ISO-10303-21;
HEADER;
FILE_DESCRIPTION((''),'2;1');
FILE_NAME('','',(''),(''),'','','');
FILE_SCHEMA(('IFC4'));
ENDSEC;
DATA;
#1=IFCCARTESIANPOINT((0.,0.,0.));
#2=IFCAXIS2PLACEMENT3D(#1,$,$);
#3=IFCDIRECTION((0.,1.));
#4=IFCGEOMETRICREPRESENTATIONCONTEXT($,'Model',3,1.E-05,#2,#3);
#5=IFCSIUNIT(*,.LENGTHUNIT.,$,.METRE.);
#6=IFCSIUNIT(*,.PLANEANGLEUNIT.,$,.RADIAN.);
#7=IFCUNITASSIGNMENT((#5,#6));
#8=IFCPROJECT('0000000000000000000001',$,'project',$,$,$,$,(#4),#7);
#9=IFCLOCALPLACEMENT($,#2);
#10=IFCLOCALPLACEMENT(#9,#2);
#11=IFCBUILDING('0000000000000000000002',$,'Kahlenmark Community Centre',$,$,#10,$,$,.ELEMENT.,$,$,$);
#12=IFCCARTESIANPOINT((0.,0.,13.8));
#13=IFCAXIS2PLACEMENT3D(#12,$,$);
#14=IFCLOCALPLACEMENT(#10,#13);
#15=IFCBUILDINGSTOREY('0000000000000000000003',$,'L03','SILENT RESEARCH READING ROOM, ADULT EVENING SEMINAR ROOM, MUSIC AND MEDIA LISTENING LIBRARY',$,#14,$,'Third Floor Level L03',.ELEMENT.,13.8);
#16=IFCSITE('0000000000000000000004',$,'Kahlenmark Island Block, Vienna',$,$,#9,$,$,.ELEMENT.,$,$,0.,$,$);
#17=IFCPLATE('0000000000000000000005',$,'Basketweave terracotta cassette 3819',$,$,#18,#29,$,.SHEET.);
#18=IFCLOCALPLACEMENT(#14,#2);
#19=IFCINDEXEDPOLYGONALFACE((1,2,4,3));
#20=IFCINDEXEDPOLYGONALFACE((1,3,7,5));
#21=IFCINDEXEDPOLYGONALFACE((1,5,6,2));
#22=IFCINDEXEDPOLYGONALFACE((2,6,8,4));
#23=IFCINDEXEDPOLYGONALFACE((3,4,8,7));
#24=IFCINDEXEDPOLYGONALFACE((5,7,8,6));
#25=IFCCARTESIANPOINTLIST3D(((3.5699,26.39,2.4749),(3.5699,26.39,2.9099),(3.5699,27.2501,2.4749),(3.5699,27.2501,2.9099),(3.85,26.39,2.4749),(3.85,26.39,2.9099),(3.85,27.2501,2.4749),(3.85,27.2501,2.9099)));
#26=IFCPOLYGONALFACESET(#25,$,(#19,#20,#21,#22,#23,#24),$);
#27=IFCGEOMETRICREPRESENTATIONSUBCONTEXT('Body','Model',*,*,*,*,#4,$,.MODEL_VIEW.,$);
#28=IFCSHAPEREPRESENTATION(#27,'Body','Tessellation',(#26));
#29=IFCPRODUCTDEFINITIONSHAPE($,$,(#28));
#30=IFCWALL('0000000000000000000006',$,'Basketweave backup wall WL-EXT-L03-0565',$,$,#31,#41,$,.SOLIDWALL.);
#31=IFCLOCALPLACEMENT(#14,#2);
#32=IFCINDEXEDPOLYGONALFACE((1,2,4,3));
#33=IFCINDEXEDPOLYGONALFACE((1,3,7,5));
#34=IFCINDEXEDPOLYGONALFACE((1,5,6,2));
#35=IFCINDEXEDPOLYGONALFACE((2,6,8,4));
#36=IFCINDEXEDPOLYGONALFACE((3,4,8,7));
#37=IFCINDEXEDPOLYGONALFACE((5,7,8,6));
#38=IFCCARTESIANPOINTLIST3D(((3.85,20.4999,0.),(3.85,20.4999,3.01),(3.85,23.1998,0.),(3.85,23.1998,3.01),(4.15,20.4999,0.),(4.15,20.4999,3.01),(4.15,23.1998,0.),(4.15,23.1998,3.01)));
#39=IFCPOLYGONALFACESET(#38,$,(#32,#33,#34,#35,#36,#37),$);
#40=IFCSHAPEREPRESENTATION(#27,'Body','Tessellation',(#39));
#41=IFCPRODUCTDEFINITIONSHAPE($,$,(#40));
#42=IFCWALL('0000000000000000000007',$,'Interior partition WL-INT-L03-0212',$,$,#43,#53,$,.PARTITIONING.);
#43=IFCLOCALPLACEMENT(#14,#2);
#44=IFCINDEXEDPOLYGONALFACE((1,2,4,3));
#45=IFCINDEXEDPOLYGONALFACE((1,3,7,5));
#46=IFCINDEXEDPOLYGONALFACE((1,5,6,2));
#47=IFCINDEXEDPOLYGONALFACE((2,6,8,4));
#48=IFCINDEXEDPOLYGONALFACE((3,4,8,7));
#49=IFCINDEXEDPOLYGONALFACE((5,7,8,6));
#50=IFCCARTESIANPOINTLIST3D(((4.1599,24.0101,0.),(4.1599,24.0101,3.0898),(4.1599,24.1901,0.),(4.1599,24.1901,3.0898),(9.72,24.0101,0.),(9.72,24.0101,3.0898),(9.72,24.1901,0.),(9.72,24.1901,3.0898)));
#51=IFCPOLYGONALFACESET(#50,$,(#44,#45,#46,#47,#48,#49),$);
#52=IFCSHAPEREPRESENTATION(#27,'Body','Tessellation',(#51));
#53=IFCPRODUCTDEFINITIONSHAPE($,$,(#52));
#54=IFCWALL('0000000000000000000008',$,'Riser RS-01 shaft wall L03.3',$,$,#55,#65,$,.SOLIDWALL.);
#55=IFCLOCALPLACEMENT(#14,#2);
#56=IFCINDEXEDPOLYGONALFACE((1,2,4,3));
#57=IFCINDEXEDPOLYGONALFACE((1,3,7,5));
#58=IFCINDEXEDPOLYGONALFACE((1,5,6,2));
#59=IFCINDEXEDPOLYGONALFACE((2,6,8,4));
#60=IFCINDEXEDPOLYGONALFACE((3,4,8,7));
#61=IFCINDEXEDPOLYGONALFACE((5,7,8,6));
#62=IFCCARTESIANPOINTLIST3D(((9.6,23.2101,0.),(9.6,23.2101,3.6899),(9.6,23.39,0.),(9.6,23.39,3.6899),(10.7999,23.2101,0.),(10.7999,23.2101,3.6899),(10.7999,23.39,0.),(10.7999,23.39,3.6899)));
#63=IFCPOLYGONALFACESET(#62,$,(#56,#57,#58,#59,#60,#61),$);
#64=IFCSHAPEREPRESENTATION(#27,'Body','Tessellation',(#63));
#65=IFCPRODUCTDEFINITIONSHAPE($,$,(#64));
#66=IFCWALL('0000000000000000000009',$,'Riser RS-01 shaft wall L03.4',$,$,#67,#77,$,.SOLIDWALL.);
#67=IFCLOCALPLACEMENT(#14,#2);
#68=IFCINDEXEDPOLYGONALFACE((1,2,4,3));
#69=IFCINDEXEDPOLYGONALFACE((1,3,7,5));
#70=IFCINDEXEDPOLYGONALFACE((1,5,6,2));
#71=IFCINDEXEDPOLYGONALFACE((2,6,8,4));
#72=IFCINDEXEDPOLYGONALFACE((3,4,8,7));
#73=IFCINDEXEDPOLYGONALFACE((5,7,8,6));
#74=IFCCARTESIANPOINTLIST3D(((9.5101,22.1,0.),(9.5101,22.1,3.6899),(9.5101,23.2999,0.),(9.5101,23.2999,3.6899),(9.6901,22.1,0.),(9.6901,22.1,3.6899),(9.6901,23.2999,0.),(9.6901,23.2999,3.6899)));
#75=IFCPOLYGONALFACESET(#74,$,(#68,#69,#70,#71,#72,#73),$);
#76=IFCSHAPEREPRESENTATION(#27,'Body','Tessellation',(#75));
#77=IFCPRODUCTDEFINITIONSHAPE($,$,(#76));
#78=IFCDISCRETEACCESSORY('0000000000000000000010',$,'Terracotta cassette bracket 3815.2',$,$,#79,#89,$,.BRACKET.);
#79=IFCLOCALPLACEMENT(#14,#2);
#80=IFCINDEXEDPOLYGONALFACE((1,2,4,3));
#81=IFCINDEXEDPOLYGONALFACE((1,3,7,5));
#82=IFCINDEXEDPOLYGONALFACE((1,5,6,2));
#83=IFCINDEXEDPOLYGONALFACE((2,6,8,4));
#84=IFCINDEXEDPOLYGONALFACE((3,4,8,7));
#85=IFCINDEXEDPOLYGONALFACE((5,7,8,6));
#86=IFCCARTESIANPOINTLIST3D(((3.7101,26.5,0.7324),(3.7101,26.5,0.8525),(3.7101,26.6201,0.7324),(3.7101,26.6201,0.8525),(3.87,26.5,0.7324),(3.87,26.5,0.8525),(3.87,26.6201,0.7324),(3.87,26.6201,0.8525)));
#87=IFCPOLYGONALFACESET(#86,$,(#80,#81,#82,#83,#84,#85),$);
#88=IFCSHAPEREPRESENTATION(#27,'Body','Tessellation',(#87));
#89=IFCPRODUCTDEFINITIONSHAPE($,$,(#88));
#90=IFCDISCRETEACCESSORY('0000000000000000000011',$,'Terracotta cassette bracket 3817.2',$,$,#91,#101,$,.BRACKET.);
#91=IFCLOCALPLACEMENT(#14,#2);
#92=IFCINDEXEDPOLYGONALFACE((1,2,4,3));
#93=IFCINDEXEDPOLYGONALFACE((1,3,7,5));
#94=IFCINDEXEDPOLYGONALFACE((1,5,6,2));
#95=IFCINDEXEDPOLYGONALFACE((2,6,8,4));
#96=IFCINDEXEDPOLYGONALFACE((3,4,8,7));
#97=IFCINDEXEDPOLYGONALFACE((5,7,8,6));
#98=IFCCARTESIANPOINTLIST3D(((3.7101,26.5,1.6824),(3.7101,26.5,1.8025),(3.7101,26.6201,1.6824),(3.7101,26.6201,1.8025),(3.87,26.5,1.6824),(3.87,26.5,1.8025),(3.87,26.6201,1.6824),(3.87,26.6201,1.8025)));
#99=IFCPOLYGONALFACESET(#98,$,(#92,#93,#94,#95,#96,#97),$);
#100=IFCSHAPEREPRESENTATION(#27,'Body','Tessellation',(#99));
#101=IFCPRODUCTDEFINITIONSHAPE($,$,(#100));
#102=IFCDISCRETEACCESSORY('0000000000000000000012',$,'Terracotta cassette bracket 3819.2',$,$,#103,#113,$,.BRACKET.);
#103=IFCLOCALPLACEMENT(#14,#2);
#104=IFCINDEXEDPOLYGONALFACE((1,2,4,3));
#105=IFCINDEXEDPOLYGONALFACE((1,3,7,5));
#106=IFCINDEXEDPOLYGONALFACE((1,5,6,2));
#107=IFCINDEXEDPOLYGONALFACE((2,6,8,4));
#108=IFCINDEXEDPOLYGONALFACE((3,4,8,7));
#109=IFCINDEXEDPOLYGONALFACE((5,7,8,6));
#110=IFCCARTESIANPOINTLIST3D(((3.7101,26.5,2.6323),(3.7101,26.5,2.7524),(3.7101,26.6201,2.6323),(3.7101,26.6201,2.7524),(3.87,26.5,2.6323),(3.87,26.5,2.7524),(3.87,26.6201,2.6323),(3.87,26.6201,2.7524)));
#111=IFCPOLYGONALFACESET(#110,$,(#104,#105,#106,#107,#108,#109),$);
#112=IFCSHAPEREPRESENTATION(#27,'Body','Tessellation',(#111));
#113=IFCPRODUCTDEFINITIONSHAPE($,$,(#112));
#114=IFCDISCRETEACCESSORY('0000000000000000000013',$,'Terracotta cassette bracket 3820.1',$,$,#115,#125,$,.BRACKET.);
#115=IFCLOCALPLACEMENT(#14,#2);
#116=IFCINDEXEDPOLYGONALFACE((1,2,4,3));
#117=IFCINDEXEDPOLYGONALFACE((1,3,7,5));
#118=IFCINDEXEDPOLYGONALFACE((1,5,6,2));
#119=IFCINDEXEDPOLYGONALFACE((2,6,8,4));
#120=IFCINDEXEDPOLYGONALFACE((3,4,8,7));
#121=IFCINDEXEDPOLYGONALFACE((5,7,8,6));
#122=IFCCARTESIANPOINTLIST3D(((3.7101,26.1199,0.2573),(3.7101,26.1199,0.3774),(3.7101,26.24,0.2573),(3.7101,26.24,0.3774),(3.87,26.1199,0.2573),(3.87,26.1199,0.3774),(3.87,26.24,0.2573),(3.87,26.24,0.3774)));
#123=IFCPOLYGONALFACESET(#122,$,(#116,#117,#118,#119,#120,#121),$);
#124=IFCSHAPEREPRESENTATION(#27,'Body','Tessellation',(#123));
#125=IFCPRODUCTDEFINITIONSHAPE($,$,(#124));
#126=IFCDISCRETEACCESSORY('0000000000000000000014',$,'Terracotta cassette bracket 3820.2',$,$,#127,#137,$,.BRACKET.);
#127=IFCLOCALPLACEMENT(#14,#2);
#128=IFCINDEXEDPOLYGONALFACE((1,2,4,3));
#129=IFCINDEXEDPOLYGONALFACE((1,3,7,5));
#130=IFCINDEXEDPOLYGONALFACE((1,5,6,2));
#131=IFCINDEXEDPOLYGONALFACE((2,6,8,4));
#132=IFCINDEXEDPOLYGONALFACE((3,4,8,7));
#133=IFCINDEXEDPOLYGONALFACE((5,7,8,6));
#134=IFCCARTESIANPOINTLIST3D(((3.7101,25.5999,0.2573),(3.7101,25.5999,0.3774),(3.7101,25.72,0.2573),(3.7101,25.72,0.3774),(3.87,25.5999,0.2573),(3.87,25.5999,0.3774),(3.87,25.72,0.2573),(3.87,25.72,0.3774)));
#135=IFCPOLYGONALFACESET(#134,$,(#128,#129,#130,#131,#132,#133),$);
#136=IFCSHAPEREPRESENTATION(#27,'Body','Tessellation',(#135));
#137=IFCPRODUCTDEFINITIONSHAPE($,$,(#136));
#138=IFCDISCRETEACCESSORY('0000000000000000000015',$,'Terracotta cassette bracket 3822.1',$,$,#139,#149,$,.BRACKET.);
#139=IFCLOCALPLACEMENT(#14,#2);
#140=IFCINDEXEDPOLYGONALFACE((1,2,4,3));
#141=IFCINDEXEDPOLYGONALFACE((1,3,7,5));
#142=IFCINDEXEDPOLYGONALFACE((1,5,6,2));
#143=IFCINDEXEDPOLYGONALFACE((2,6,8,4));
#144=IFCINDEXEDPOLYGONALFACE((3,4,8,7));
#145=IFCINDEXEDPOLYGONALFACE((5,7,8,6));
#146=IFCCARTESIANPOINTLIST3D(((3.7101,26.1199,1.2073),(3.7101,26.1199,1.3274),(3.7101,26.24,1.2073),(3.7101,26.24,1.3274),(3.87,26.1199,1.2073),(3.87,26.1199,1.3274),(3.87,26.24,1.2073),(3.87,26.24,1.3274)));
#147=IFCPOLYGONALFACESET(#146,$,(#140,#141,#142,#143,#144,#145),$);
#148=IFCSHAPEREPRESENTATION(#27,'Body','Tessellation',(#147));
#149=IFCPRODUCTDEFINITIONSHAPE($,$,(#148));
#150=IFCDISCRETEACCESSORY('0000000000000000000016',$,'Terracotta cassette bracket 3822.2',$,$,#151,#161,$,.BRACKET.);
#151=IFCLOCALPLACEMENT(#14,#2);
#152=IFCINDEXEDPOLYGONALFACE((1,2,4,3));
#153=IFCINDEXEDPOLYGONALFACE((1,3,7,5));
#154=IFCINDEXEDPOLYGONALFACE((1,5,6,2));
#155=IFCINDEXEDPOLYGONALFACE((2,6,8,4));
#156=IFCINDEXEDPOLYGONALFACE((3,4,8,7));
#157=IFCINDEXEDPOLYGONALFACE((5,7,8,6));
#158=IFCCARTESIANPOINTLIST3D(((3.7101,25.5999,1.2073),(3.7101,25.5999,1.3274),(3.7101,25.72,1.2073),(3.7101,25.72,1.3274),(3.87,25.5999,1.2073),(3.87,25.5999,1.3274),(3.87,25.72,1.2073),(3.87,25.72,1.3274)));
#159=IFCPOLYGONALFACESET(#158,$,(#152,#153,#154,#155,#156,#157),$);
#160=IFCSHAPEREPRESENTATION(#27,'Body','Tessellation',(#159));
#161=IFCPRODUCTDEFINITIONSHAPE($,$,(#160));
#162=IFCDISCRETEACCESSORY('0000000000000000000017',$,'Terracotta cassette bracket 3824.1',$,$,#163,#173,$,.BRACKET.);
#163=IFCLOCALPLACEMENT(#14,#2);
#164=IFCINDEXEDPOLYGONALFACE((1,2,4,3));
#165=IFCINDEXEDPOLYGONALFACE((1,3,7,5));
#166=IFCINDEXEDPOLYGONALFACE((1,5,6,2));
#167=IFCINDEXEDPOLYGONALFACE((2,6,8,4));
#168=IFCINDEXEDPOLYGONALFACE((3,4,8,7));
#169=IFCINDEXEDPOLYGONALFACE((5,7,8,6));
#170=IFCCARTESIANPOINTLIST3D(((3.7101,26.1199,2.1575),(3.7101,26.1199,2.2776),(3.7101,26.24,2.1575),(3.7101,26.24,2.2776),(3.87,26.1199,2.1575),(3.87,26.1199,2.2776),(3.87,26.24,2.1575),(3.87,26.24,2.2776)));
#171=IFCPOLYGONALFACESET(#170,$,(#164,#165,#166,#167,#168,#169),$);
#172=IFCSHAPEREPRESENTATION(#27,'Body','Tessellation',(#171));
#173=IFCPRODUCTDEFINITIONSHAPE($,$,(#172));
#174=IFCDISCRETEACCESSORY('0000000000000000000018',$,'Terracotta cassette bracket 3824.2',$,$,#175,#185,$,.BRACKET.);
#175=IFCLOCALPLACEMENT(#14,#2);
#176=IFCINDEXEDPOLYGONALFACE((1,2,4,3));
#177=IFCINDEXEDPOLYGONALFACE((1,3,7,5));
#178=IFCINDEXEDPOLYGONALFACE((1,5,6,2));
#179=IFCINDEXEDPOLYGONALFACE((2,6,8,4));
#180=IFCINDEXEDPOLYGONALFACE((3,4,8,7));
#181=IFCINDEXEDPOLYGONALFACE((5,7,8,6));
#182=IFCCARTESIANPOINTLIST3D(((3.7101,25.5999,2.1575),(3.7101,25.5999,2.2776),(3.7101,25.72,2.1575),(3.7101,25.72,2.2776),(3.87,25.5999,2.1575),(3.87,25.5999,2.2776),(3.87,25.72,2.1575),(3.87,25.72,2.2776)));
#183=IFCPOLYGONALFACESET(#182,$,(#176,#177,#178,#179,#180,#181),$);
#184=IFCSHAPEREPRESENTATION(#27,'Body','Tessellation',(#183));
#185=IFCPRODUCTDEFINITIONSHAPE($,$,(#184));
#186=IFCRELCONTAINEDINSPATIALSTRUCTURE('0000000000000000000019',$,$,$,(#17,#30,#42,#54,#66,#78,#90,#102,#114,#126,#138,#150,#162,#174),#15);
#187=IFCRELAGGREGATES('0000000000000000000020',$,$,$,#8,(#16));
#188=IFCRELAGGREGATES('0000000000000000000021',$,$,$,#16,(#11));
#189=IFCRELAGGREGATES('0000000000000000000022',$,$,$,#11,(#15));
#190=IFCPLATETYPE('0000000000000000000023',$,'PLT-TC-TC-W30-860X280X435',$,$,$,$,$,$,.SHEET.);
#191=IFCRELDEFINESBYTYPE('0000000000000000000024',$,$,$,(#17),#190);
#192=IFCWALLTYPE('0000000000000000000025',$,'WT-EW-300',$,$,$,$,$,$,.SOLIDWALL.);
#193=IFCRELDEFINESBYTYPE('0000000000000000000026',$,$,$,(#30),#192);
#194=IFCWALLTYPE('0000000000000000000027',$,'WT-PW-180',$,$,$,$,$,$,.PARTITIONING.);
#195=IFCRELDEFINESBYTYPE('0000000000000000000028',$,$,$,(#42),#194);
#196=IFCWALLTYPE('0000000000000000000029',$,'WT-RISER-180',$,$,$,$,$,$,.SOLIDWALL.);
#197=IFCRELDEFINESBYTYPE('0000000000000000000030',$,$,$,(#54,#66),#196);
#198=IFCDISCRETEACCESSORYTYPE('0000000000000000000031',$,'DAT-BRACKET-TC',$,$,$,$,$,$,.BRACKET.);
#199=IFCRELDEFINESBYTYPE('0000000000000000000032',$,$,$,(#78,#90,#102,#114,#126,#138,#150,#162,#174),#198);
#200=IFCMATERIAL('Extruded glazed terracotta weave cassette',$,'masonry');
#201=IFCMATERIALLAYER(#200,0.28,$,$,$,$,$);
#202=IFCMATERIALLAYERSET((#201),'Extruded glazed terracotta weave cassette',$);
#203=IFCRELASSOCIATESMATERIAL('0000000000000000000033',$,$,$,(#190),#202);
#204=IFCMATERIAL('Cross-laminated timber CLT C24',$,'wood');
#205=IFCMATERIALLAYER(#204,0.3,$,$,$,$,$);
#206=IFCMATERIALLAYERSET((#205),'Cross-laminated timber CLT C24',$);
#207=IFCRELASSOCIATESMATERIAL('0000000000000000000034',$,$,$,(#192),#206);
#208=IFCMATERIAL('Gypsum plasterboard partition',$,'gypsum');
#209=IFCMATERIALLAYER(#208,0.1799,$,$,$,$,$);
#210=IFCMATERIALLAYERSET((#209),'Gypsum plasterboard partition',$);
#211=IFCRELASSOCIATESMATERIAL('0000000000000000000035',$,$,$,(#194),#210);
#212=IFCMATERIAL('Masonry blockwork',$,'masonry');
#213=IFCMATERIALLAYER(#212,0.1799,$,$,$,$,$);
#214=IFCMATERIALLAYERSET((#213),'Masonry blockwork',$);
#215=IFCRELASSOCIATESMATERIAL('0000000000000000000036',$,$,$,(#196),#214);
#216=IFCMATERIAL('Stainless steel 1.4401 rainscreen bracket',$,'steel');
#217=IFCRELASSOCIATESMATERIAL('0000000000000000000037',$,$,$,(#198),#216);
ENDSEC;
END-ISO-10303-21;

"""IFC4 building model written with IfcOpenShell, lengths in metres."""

from ifc_helpers import new_model, si_unit, direction, frame, frame_2d, origin, origin_2d, place, context, subcontext, project, spatial, rectangle, extrude, material, layer, layer_set, type_object, element, save


model = new_model("IFC4")

# Units and contexts
model_context = context("Model", 3, precision=1e-05, world=origin(), true_north=direction((0.0, 1.0)))
body_context = subcontext(model_context, "Body", "Model", "MODEL_VIEW")
ifc_project = project(units=[si_unit("LENGTHUNIT", "METRE"), si_unit("PLANEANGLEUNIT", "RADIAN")], contexts=[model_context])

# Site, building, storey
site_placement = place(None, origin())
site = spatial("IfcSite", under=ifc_project, at=site_placement, Name="Kahlenmark Island Block, Vienna", CompositionType="ELEMENT", RefElevation=0.0)
building_placement = place(site_placement, origin())
building = spatial("IfcBuilding", under=site, at=building_placement, Name="Kahlenmark Community Centre", CompositionType="ELEMENT")
storey_placement = place(building_placement, frame((0.0, 0.0, 13.8)))
storey = spatial("IfcBuildingStorey", under=building, at=storey_placement, Name="L03", Description="SILENT RESEARCH READING ROOM, ADULT EVENING SEMINAR ROOM, MUSIC AND MEDIA LISTENING LIBRARY", LongName="Third Floor Level L03", CompositionType="ELEMENT", Elevation=13.8)

# Plate
ifc_material_1 = material(Name="Extruded glazed terracotta weave cassette", Category="masonry")
ifc_layer_1 = layer(ifc_material_1, 0.28)
ifc_layer_set_1 = layer_set([ifc_layer_1], Name="Extruded glazed terracotta weave cassette")
plate_type_1 = type_object("IfcPlateType", Name="PLT-TC-TC-W30-860X280X435", PredefinedType="SHEET", material=ifc_layer_set_1)
plate_1_placement = place(storey_placement, frame((3.71, 26.8201, 2.4749), z_axis=(0.0, 0.0, 1.0), x_axis=(0.0, -1.0, 0.0)))
element("IfcPlate", 1, at=plate_1_placement, inside=storey, type_object=plate_type_1, Name="Basketweave terracotta cassette 3819", PredefinedType="SHEET", context=body_context, shape_type="SweptSolid", body=[
    extrude(rectangle(XDim=0.8601, YDim=0.28, at=origin_2d()), origin(), (0.0, 0.0, 1.0), 0.4351),
])

# Walls
ifc_material_2 = material(Name="Cross-laminated timber CLT C24", Category="wood")
ifc_layer_2 = layer(ifc_material_2, 0.3)
ifc_layer_set_2 = layer_set([ifc_layer_2], Name="Cross-laminated timber CLT C24")
wall_type_1 = type_object("IfcWallType", Name="WT-EW-300", PredefinedType="SOLIDWALL", material=ifc_layer_set_2)
wall_1_placement = place(storey_placement, frame((4.0, 23.2, 0.0), z_axis=(0.0, 0.0, 1.0), x_axis=(0.0, -1.0, 0.0)))
element("IfcWall", 2, at=wall_1_placement, inside=storey, type_object=wall_type_1, Name="Basketweave backup wall WL-EXT-L03-0565", PredefinedType="SOLIDWALL", context=body_context, shape_type="SweptSolid", body=[
    extrude(rectangle(XDim=2.7, YDim=0.3, at=frame_2d((1.3501, 0.0))), origin(), (0.0, 0.0, 1.0), 3.01),
])
ifc_material_3 = material(Name="Gypsum plasterboard partition", Category="gypsum")
ifc_layer_3 = layer(ifc_material_3, 0.1799)
ifc_layer_set_3 = layer_set([ifc_layer_3], Name="Gypsum plasterboard partition")
wall_type_2 = type_object("IfcWallType", Name="WT-PW-180", PredefinedType="PARTITIONING", material=ifc_layer_set_3)
wall_2_placement = place(storey_placement, frame((4.1599, 24.1001, 0.0), z_axis=(0.0, 0.0, 1.0), x_axis=(1.0, 0.0, 0.0)))
element("IfcWall", 3, at=wall_2_placement, inside=storey, type_object=wall_type_2, Name="Interior partition WL-INT-L03-0212", PredefinedType="PARTITIONING", context=body_context, shape_type="SweptSolid", body=[
    extrude(rectangle(XDim=5.5601, YDim=0.1799, at=frame_2d((2.78, 0.0))), origin(), (0.0, 0.0, 1.0), 3.0898),
])

# Walls
ifc_material_4 = material(Name="Masonry blockwork", Category="masonry")
ifc_layer_4 = layer(ifc_material_4, 0.1799)
ifc_layer_set_4 = layer_set([ifc_layer_4], Name="Masonry blockwork")
wall_type_3 = type_object("IfcWallType", Name="WT-RISER-180", PredefinedType="SOLIDWALL", material=ifc_layer_set_4)
for number, where, z_axis, x_axis, name in (
    (4, (10.8, 23.3, 0.0), (0.0, 0.0, 1.0), (-1.0, 0.0, 0.0), "Riser RS-01 shaft wall L03.3"),
    (5, (9.6001, 23.3, 0.0), (0.0, 0.0, 1.0), (0.0, -1.0, 0.0), "Riser RS-01 shaft wall L03.4"),
):
    element("IfcWall", number, at=place(storey_placement, frame(where, z_axis=z_axis, x_axis=x_axis)), inside=storey, type_object=wall_type_3, Name=name, PredefinedType="SOLIDWALL", context=body_context, shape_type="SweptSolid", body=[
        extrude(rectangle(XDim=1.2, YDim=0.1799, at=frame_2d((0.6001, 0.0))), origin(), (0.0, 0.0, 1.0), 3.6899),
    ])

# Discrete accessories
ifc_material_5 = material(Name="Stainless steel 1.4401 rainscreen bracket", Category="steel")
discrete_accessory_type = type_object("IfcDiscreteAccessoryType", Name="DAT-BRACKET-TC", PredefinedType="BRACKET", material=ifc_material_5)
for number, where, z_axis, x_axis, name in (
    (6, (3.79, 26.5601, 0.7324), (0.0, 0.0, 1.0), (0.0, -1.0, 0.0), "Terracotta cassette bracket 3815.2"),
    (7, (3.79, 26.5601, 1.6824), (0.0, 0.0, 1.0), (0.0, -1.0, 0.0), "Terracotta cassette bracket 3817.2"),
    (8, (3.79, 26.5601, 2.6323), (0.0, 0.0, 1.0), (0.0, -1.0, 0.0), "Terracotta cassette bracket 3819.2"),
    (9, (3.79, 26.1799, 0.2573), (0.0, 0.0, 1.0), (0.0, -1.0, 0.0), "Terracotta cassette bracket 3820.1"),
    (10, (3.79, 25.6599, 0.2573), (0.0, 0.0, 1.0), (0.0, -1.0, 0.0), "Terracotta cassette bracket 3820.2"),
    (11, (3.79, 26.1799, 1.2073), (0.0, 0.0, 1.0), (0.0, -1.0, 0.0), "Terracotta cassette bracket 3822.1"),
    (12, (3.79, 25.6599, 1.2073), (0.0, 0.0, 1.0), (0.0, -1.0, 0.0), "Terracotta cassette bracket 3822.2"),
    (13, (3.79, 26.1799, 2.1575), (0.0, 0.0, 1.0), (0.0, -1.0, 0.0), "Terracotta cassette bracket 3824.1"),
    (14, (3.79, 25.6599, 2.1575), (0.0, 0.0, 1.0), (0.0, -1.0, 0.0), "Terracotta cassette bracket 3824.2"),
):
    element("IfcDiscreteAccessory", number, at=place(storey_placement, frame(where, z_axis=z_axis, x_axis=x_axis)), inside=storey, type_object=discrete_accessory_type, Name=name, PredefinedType="BRACKET", context=body_context, shape_type="SweptSolid", body=[
        extrude(rectangle(XDim=0.1201, YDim=0.1599, at=origin_2d()), origin(), (0.0, 0.0, 1.0), 0.1201),
    ])

save(model, "model.ifc")
